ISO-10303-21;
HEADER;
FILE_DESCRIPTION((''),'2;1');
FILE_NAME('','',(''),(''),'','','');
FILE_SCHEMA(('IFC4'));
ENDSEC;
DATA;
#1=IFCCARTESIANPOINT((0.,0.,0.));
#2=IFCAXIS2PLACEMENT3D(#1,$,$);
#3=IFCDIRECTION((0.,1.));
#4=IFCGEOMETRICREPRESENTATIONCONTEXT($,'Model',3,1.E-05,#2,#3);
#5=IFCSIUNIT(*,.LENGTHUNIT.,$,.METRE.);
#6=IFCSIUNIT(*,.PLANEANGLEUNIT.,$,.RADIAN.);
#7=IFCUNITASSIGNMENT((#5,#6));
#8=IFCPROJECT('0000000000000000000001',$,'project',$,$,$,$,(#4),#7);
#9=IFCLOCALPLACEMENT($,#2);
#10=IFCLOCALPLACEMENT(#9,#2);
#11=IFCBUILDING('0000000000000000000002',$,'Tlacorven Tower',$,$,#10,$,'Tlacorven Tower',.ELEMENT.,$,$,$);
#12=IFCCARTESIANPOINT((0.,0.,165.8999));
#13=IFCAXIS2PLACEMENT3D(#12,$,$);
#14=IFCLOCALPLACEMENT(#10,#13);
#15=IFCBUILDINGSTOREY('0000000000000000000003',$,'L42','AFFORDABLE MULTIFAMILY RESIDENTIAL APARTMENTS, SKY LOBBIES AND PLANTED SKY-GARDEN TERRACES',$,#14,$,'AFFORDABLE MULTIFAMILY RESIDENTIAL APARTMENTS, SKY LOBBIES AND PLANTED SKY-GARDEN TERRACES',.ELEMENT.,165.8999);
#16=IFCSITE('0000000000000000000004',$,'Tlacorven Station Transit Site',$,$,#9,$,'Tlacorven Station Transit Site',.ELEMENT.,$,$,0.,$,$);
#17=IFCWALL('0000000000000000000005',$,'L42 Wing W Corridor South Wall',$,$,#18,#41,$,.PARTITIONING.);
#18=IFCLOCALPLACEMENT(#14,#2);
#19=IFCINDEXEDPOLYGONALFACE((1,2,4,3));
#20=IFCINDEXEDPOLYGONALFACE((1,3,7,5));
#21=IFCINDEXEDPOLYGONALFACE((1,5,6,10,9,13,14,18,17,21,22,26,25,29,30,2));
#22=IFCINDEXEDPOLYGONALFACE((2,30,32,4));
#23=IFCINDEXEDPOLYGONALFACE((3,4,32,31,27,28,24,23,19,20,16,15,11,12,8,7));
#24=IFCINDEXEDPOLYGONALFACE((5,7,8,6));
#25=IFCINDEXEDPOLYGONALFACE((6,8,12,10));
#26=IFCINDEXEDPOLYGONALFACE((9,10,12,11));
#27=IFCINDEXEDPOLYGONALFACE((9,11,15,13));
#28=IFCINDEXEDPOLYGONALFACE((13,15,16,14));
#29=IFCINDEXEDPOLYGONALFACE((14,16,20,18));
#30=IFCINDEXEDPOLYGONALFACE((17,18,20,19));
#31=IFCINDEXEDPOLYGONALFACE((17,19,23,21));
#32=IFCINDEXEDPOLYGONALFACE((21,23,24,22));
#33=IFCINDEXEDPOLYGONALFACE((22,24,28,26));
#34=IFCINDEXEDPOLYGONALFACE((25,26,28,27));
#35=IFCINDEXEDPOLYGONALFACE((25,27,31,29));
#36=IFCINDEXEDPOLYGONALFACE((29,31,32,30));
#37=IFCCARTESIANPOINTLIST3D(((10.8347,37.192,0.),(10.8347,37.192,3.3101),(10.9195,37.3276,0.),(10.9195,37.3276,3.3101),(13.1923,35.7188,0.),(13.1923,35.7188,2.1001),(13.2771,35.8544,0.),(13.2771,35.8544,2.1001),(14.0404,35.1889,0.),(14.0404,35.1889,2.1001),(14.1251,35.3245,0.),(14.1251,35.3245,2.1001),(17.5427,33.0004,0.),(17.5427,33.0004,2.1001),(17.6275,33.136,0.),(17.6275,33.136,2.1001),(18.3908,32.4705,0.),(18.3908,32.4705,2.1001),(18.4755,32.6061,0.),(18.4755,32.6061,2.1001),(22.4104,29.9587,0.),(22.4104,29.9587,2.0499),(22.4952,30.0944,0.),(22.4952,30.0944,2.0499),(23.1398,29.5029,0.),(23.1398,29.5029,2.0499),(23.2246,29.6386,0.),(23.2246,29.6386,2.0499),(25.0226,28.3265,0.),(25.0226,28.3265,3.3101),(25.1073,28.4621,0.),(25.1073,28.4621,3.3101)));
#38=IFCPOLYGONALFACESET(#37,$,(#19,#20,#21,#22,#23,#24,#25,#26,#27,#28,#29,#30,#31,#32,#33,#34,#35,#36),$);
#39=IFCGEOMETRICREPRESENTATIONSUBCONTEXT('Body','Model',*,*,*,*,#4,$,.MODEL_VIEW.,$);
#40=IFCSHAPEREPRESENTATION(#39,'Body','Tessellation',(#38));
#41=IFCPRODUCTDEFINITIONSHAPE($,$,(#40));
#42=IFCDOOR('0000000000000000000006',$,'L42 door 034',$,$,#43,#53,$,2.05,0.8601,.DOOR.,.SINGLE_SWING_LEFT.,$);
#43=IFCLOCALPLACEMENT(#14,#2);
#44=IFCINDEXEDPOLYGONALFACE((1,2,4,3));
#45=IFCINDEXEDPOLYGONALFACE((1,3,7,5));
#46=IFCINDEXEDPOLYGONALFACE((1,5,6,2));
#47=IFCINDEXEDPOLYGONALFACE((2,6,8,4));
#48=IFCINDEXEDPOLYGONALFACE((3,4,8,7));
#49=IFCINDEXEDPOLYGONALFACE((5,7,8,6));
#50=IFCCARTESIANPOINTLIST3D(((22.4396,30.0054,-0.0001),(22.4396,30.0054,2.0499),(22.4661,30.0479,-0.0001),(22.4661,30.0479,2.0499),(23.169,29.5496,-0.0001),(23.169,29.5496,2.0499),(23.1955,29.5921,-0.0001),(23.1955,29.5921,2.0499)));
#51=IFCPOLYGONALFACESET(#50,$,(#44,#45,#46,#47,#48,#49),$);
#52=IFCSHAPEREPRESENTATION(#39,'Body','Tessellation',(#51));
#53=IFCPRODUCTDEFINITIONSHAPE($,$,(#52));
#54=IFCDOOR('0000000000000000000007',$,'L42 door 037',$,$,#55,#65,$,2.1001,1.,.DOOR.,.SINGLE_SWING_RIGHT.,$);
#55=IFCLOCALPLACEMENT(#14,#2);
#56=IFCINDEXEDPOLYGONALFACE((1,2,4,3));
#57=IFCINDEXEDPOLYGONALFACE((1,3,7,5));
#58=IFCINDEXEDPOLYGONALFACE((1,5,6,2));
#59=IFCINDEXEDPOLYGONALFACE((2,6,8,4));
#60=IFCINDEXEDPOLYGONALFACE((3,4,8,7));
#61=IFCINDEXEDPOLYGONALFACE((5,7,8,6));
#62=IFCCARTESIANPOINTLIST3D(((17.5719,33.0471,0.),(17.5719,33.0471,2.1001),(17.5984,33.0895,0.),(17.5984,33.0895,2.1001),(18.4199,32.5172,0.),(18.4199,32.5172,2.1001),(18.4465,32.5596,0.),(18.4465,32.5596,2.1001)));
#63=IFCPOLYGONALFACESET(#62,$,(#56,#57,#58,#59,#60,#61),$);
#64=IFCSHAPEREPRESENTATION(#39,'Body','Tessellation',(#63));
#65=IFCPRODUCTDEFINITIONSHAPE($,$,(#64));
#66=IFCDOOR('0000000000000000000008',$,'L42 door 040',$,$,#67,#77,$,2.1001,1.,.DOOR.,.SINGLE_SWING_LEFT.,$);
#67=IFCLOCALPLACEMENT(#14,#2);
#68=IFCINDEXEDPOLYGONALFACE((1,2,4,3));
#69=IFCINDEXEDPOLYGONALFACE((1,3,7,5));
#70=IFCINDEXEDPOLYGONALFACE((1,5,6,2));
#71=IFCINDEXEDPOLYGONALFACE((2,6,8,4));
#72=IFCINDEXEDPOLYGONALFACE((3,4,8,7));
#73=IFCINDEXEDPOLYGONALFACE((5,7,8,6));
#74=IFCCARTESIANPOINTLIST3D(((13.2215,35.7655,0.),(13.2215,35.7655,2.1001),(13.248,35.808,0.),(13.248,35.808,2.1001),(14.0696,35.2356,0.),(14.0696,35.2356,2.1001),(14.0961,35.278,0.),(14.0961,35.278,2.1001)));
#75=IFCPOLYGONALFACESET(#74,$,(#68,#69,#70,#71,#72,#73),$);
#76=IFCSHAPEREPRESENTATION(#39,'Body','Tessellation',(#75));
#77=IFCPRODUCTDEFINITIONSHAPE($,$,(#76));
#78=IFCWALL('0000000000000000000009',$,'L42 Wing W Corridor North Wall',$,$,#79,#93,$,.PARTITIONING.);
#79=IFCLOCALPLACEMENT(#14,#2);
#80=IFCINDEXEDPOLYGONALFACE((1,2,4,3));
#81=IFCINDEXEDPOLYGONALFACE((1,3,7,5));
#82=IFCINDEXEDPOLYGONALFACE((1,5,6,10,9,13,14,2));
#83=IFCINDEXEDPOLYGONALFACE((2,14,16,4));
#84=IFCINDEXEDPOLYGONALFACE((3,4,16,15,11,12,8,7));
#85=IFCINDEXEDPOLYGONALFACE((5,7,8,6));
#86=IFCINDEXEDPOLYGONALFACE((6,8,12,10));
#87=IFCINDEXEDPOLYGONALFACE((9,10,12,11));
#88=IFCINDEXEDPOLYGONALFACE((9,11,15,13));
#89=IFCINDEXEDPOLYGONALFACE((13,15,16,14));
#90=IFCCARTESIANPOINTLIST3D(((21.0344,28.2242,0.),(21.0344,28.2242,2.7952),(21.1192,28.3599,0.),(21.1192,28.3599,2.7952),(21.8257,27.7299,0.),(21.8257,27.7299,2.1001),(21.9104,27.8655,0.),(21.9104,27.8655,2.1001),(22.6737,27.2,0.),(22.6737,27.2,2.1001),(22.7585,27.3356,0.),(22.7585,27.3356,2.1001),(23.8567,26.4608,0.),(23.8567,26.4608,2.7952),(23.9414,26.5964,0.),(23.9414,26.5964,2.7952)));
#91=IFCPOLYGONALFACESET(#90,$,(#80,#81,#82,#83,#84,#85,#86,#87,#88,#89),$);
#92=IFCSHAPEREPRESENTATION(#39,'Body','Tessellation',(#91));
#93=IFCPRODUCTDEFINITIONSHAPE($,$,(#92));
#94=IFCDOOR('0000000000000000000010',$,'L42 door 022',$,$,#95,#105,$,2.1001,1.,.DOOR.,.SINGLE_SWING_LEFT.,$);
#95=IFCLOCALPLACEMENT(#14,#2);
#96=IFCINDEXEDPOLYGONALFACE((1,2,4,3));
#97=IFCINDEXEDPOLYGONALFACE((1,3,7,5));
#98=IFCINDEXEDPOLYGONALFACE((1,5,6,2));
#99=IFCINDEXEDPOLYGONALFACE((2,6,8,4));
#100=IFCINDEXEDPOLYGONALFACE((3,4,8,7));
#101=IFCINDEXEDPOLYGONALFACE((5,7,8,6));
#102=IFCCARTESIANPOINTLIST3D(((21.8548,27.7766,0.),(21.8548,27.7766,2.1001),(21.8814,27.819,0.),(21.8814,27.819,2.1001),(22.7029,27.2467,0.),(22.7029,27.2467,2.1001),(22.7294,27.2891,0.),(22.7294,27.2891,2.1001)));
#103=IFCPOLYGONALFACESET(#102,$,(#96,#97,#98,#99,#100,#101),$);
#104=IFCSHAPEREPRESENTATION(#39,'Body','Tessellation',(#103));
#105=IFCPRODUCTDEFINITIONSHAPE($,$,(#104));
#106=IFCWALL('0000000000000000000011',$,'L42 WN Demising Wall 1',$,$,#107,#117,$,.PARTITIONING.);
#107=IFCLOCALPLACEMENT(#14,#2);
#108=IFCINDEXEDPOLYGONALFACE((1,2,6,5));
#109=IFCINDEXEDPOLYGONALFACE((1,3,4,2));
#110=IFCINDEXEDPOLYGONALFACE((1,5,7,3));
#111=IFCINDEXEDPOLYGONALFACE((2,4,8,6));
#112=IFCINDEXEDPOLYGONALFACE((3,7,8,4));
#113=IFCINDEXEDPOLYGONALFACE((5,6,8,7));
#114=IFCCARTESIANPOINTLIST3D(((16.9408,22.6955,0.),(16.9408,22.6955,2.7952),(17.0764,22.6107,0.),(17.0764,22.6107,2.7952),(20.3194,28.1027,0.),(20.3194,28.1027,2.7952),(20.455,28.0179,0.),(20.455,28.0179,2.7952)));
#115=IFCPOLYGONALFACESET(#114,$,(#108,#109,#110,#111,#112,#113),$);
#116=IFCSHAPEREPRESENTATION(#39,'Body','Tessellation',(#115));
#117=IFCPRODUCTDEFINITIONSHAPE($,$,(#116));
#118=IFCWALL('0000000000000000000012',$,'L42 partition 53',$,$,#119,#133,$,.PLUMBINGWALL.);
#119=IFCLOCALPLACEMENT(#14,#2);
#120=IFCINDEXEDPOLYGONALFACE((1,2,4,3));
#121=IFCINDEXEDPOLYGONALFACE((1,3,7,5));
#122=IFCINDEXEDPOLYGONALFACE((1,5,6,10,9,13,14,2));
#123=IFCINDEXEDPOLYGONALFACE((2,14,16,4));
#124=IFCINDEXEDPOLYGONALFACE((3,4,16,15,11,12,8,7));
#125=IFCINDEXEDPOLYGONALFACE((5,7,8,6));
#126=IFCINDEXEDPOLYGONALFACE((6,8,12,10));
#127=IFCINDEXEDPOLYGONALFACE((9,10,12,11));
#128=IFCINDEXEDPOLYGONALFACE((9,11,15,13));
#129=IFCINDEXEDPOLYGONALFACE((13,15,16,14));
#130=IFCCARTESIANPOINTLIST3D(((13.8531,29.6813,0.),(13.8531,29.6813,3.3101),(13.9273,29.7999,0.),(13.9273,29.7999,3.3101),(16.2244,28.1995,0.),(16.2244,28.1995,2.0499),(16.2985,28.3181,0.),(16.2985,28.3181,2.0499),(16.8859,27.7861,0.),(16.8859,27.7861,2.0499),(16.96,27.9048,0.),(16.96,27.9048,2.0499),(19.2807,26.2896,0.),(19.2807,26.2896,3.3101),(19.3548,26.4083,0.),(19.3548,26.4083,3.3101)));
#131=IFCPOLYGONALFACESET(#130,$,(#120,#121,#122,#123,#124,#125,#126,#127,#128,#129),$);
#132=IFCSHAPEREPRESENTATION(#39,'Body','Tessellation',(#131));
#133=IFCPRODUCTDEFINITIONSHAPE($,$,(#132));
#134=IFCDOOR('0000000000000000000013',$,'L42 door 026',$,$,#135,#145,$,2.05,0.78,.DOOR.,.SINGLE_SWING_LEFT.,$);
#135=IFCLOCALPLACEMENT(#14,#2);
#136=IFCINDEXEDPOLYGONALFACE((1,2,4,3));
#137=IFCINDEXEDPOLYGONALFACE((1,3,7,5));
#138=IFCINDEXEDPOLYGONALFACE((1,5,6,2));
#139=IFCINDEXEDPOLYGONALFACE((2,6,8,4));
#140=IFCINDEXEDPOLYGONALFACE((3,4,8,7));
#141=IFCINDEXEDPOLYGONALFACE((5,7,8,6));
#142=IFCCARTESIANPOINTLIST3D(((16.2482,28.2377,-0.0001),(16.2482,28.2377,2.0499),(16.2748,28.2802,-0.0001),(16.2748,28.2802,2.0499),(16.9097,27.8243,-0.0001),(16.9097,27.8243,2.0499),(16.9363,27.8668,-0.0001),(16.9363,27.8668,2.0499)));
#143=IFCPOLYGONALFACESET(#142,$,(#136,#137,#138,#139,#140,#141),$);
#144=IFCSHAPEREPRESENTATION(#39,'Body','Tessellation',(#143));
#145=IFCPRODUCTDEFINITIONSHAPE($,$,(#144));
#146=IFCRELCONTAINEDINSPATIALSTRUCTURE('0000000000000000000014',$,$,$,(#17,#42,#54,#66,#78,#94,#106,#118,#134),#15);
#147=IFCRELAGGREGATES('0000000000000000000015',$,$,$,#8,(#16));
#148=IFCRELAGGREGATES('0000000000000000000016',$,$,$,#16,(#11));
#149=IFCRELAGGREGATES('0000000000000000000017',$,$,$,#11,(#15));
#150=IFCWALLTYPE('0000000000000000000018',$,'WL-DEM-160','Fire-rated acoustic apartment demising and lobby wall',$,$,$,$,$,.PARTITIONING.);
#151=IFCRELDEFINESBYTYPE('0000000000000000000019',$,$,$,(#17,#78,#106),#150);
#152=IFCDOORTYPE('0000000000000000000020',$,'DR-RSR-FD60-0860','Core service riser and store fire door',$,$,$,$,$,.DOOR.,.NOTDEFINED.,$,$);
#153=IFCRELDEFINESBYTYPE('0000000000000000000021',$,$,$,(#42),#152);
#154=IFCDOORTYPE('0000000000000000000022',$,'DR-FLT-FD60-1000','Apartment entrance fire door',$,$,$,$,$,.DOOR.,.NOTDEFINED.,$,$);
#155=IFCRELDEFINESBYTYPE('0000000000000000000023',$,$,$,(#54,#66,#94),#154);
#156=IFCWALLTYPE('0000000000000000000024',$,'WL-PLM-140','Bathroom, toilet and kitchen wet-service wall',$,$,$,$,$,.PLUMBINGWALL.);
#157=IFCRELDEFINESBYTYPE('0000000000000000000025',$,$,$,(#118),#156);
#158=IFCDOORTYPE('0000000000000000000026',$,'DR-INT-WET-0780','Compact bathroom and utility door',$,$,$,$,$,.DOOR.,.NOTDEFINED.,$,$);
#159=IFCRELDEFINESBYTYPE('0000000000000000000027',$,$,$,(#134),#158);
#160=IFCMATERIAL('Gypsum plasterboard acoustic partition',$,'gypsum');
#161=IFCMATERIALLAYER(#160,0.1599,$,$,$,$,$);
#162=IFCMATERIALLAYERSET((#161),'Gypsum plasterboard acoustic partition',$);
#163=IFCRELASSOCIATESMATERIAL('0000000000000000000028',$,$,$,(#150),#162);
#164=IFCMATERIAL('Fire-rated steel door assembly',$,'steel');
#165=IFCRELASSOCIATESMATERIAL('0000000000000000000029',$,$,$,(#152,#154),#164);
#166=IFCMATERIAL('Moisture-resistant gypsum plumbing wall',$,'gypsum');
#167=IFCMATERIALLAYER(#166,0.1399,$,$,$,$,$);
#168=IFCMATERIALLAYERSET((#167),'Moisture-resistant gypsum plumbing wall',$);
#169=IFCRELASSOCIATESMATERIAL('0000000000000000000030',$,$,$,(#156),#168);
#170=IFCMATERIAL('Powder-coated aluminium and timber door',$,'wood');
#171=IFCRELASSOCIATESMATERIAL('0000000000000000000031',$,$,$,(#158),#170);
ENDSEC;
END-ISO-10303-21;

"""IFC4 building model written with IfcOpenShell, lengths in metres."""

from ifc_helpers import new_model, si_unit, direction, frame, frame_2d, origin, place, context, subcontext, project, spatial, rectangle, extrude, source, transform, mapped, material, layer, layer_set, type_object, element, fill, save


model = new_model("IFC4")

# Units and contexts
model_context = context("Model", 3, precision=1e-05, world=origin(), true_north=direction((0.0, 1.0)))
body_context = subcontext(model_context, "Body", "Model", "MODEL_VIEW")
ifc_project = project(units=[si_unit("LENGTHUNIT", "METRE"), si_unit("PLANEANGLEUNIT", "RADIAN")], contexts=[model_context])

# Site, building, storey
site_placement = place(None, origin())
site = spatial("IfcSite", under=ifc_project, at=site_placement, Name="Tlacorven Station Transit Site", LongName="Tlacorven Station Transit Site", CompositionType="ELEMENT", RefElevation=0.0)
building_placement = place(site_placement, origin())
building = spatial("IfcBuilding", under=site, at=building_placement, Name="Tlacorven Tower", LongName="Tlacorven Tower", CompositionType="ELEMENT")
storey_placement = place(building_placement, frame((0.0, 0.0, 165.8999)))
storey = spatial("IfcBuildingStorey", under=building, at=storey_placement, Name="L42", Description="AFFORDABLE MULTIFAMILY RESIDENTIAL APARTMENTS, SKY LOBBIES AND PLANTED SKY-GARDEN TERRACES", LongName="AFFORDABLE MULTIFAMILY RESIDENTIAL APARTMENTS, SKY LOBBIES AND PLANTED SKY-GARDEN TERRACES", CompositionType="ELEMENT", Elevation=165.8999)

# Shared definitions
ifc_material_1 = material(Name="Gypsum plasterboard acoustic partition", Category="gypsum")
ifc_layer_1 = layer(ifc_material_1, 0.1599)
ifc_layer_set_1 = layer_set([ifc_layer_1], Name="Gypsum plasterboard acoustic partition")
wall_type_1 = type_object("IfcWallType", Name="WL-DEM-160", Description="Fire-rated acoustic apartment demising and lobby wall", PredefinedType="PARTITIONING", material=ifc_layer_set_1)
ifc_material_2 = material(Name="Fire-rated steel door assembly", Category="steel")
door_type_1 = type_object("IfcDoorType", Name="DR-RSR-FD60-0860", Description="Core service riser and store fire door", OperationType="NOTDEFINED", PredefinedType="DOOR", material=ifc_material_2)
shared_shape_1 = source(origin(), body_context, "Body", "SweptSolid", [
    extrude(rectangle(XDim=0.8601, YDim=2.05, at=frame_2d((0.4302, 1.0249))), frame((0.0, 0.0249, 0.0), z_axis=(0.0, -1.0, 0.0), x_axis=(1.0, 0.0, 0.0)), (0.0, 0.0, 1.0), 0.05),
])

# Wall, openings, doors
wall_1_placement = place(storey_placement, frame((25.0649, 28.3943, 0.0), z_axis=(0.0, 0.0, 1.0), x_axis=(-0.848048, 0.529919, 0.0)))
wall_1 = element("IfcWall", 1, at=wall_1_placement, inside=storey, type_object=wall_type_1, Name="L42 Wing W Corridor South Wall", PredefinedType="PARTITIONING", context=body_context, shape_type="SweptSolid", body=[
    extrude(rectangle(XDim=16.73, YDim=0.1599, at=frame_2d((8.365, 0.0))), origin(), (0.0, 0.0, 1.0), 3.3101),
])
opening_1_placement = place(wall_1_placement, frame((2.22, 0.0, 0.0)))
opening_1 = element("IfcOpeningElement", 2, at=opening_1_placement, cuts=wall_1, PredefinedType="OPENING", context=body_context, shape_type="SweptSolid", body=[
    extrude(rectangle(XDim=0.8601, YDim=2.05, at=frame_2d((0.4302, 1.0249))), frame((0.0, 0.0898, 0.0), z_axis=(0.0, -1.0, 0.0), x_axis=(1.0, 0.0, 0.0)), (0.0, 0.0, 1.0), 0.1799),
])
opening_2_placement = place(wall_1_placement, frame((7.8201, 0.0, 0.0)))
opening_2 = element("IfcOpeningElement", 3, at=opening_2_placement, cuts=wall_1, PredefinedType="OPENING", context=body_context, shape_type="SweptSolid", body=[
    extrude(rectangle(XDim=1.0, YDim=2.1001, at=frame_2d((0.5, 1.05))), frame((0.0, 0.0898, 0.0), z_axis=(0.0, -1.0, 0.0), x_axis=(1.0, 0.0, 0.0)), (0.0, 0.0, 1.0), 0.1799),
])
opening_3_placement = place(wall_1_placement, frame((12.95, 0.0, 0.0)))
opening_3 = element("IfcOpeningElement", 4, at=opening_3_placement, cuts=wall_1, PredefinedType="OPENING", context=body_context, shape_type="SweptSolid", body=[
    extrude(rectangle(XDim=1.0, YDim=2.1001, at=frame_2d((0.5, 1.05))), frame((0.0, 0.0898, 0.0), z_axis=(0.0, -1.0, 0.0), x_axis=(1.0, 0.0, 0.0)), (0.0, 0.0, 1.0), 0.1799),
])
door_1_placement = place(opening_1_placement, origin())
door_1 = element("IfcDoor", 5, at=door_1_placement, inside=storey, type_object=door_type_1, Name="L42 door 034", OperationType="SINGLE_SWING_LEFT", OverallHeight=2.05, OverallWidth=0.8601, PredefinedType="DOOR", context=body_context, shape_type="MappedRepresentation", body=[
    mapped(shared_shape_1, transform((0.0, 0.0, 0.0), scale=1.0)),
])
fill(opening_1, door_1)
door_type_2 = type_object("IfcDoorType", Name="DR-FLT-FD60-1000", Description="Apartment entrance fire door", OperationType="NOTDEFINED", PredefinedType="DOOR", material=ifc_material_2)
shared_shape_2 = source(origin(), body_context, "Body", "SweptSolid", [
    extrude(rectangle(XDim=1.0, YDim=2.1001, at=frame_2d((0.5, 1.05))), frame((0.0, 0.0249, 0.0), z_axis=(0.0, -1.0, 0.0), x_axis=(1.0, 0.0, 0.0)), (0.0, 0.0, 1.0), 0.05),
])
door_2_placement = place(opening_2_placement, origin())
door_2 = element("IfcDoor", 6, at=door_2_placement, inside=storey, type_object=door_type_2, Name="L42 door 037", OperationType="SINGLE_SWING_RIGHT", OverallHeight=2.1001, OverallWidth=1.0, PredefinedType="DOOR", context=body_context, shape_type="MappedRepresentation", body=[
    mapped(shared_shape_2, transform((0.0, 0.0, 0.0), scale=1.0)),
])
fill(opening_2, door_2)
door_3_placement = place(opening_3_placement, origin())
door_3 = element("IfcDoor", 7, at=door_3_placement, inside=storey, type_object=door_type_2, Name="L42 door 040", OperationType="SINGLE_SWING_LEFT", OverallHeight=2.1001, OverallWidth=1.0, PredefinedType="DOOR", context=body_context, shape_type="MappedRepresentation", body=[
    mapped(shared_shape_2, transform((0.0, 0.0, 0.0), scale=1.0)),
])
fill(opening_3, door_3)

# Wall, opening, door
wall_2_placement = place(storey_placement, frame((23.8992, 26.5286, 0.0), z_axis=(0.0, 0.0, 1.0), x_axis=(-0.848064, 0.529893, 0.0)))
wall_2 = element("IfcWall", 8, at=wall_2_placement, inside=storey, type_object=wall_type_1, Name="L42 Wing W Corridor North Wall", PredefinedType="PARTITIONING", context=body_context, shape_type="SweptSolid", body=[
    extrude(rectangle(XDim=3.3279, YDim=0.1599, at=frame_2d((1.6641, 0.0))), origin(), (0.0, 0.0, 1.0), 2.7952),
])
opening_4_placement = place(wall_2_placement, frame((1.395, 0.0, 0.0)))
opening_4 = element("IfcOpeningElement", 9, at=opening_4_placement, cuts=wall_2, PredefinedType="OPENING", context=body_context, shape_type="SweptSolid", body=[
    extrude(rectangle(XDim=1.0, YDim=2.1001, at=frame_2d((0.5, 1.05))), frame((0.0, 0.0898, 0.0), z_axis=(0.0, -1.0, 0.0), x_axis=(1.0, 0.0, 0.0)), (0.0, 0.0, 1.0), 0.1799),
])
door_4_placement = place(opening_4_placement, origin())
door_4 = element("IfcDoor", 10, at=door_4_placement, inside=storey, type_object=door_type_2, Name="L42 door 022", OperationType="SINGLE_SWING_LEFT", OverallHeight=2.1001, OverallWidth=1.0, PredefinedType="DOOR", context=body_context, shape_type="MappedRepresentation", body=[
    mapped(shared_shape_2, transform((0.0, 0.0, 0.0), scale=1.0)),
])
fill(opening_4, door_4)

# Wall
wall_3_placement = place(storey_placement, frame((20.3872, 28.0603, 0.0), z_axis=(0.0, 0.0, 1.0), x_axis=(-0.529903, -0.848059, 0.0)))
element("IfcWall", 11, at=wall_3_placement, inside=storey, type_object=wall_type_1, Name="L42 WN Demising Wall 1", PredefinedType="PARTITIONING", context=body_context, shape_type="SweptSolid", body=[
    extrude(rectangle(XDim=6.376, YDim=0.1599, at=frame_2d((3.188, 0.0))), origin(), (0.0, 0.0, 1.0), 2.7952),
])

# Wall, opening, door
ifc_material_3 = material(Name="Moisture-resistant gypsum plumbing wall", Category="gypsum")
ifc_layer_2 = layer(ifc_material_3, 0.1399)
ifc_layer_set_2 = layer_set([ifc_layer_2], Name="Moisture-resistant gypsum plumbing wall")
wall_type_2 = type_object("IfcWallType", Name="WL-PLM-140", Description="Bathroom, toilet and kitchen wet-service wall", PredefinedType="PLUMBINGWALL", material=ifc_layer_set_2)
wall_4_placement = place(storey_placement, frame((19.3179, 26.3489, 0.0), z_axis=(0.0, 0.0, 1.0), x_axis=(-0.848039, 0.529934, 0.0)))
wall_4 = element("IfcWall", 12, at=wall_4_placement, inside=storey, type_object=wall_type_2, Name="L42 partition 53", PredefinedType="PLUMBINGWALL", context=body_context, shape_type="SweptSolid", body=[
    extrude(rectangle(XDim=6.4001, YDim=0.1399, at=frame_2d((3.2002, 0.0))), origin(), (0.0, 0.0, 1.0), 3.3101),
])
opening_5_placement = place(wall_4_placement, frame((2.824, 0.0, 0.0)))
opening_5 = element("IfcOpeningElement", 13, at=opening_5_placement, cuts=wall_4, PredefinedType="OPENING", context=body_context, shape_type="SweptSolid", body=[
    extrude(rectangle(XDim=0.78, YDim=2.05, at=frame_2d((0.3901, 1.0249))), frame((0.0, 0.0801, 0.0), z_axis=(0.0, -1.0, 0.0), x_axis=(1.0, 0.0, 0.0)), (0.0, 0.0, 1.0), 0.1599),
])
ifc_material_4 = material(Name="Powder-coated aluminium and timber door", Category="wood")
door_type_3 = type_object("IfcDoorType", Name="DR-INT-WET-0780", Description="Compact bathroom and utility door", OperationType="NOTDEFINED", PredefinedType="DOOR", material=ifc_material_4)
shared_shape_3 = source(origin(), body_context, "Body", "SweptSolid", [
    extrude(rectangle(XDim=0.78, YDim=2.05, at=frame_2d((0.3901, 1.0249))), frame((0.0, 0.0249, 0.0), z_axis=(0.0, -1.0, 0.0), x_axis=(1.0, 0.0, 0.0)), (0.0, 0.0, 1.0), 0.05),
])
door_5_placement = place(opening_5_placement, origin())
door_5 = element("IfcDoor", 14, at=door_5_placement, inside=storey, type_object=door_type_3, Name="L42 door 026", OperationType="SINGLE_SWING_LEFT", OverallHeight=2.05, OverallWidth=0.78, PredefinedType="DOOR", context=body_context, shape_type="MappedRepresentation", body=[
    mapped(shared_shape_3, transform((0.0, 0.0, 0.0), scale=1.0)),
])
fill(opening_5, door_5)

save(model, "model.ifc")
